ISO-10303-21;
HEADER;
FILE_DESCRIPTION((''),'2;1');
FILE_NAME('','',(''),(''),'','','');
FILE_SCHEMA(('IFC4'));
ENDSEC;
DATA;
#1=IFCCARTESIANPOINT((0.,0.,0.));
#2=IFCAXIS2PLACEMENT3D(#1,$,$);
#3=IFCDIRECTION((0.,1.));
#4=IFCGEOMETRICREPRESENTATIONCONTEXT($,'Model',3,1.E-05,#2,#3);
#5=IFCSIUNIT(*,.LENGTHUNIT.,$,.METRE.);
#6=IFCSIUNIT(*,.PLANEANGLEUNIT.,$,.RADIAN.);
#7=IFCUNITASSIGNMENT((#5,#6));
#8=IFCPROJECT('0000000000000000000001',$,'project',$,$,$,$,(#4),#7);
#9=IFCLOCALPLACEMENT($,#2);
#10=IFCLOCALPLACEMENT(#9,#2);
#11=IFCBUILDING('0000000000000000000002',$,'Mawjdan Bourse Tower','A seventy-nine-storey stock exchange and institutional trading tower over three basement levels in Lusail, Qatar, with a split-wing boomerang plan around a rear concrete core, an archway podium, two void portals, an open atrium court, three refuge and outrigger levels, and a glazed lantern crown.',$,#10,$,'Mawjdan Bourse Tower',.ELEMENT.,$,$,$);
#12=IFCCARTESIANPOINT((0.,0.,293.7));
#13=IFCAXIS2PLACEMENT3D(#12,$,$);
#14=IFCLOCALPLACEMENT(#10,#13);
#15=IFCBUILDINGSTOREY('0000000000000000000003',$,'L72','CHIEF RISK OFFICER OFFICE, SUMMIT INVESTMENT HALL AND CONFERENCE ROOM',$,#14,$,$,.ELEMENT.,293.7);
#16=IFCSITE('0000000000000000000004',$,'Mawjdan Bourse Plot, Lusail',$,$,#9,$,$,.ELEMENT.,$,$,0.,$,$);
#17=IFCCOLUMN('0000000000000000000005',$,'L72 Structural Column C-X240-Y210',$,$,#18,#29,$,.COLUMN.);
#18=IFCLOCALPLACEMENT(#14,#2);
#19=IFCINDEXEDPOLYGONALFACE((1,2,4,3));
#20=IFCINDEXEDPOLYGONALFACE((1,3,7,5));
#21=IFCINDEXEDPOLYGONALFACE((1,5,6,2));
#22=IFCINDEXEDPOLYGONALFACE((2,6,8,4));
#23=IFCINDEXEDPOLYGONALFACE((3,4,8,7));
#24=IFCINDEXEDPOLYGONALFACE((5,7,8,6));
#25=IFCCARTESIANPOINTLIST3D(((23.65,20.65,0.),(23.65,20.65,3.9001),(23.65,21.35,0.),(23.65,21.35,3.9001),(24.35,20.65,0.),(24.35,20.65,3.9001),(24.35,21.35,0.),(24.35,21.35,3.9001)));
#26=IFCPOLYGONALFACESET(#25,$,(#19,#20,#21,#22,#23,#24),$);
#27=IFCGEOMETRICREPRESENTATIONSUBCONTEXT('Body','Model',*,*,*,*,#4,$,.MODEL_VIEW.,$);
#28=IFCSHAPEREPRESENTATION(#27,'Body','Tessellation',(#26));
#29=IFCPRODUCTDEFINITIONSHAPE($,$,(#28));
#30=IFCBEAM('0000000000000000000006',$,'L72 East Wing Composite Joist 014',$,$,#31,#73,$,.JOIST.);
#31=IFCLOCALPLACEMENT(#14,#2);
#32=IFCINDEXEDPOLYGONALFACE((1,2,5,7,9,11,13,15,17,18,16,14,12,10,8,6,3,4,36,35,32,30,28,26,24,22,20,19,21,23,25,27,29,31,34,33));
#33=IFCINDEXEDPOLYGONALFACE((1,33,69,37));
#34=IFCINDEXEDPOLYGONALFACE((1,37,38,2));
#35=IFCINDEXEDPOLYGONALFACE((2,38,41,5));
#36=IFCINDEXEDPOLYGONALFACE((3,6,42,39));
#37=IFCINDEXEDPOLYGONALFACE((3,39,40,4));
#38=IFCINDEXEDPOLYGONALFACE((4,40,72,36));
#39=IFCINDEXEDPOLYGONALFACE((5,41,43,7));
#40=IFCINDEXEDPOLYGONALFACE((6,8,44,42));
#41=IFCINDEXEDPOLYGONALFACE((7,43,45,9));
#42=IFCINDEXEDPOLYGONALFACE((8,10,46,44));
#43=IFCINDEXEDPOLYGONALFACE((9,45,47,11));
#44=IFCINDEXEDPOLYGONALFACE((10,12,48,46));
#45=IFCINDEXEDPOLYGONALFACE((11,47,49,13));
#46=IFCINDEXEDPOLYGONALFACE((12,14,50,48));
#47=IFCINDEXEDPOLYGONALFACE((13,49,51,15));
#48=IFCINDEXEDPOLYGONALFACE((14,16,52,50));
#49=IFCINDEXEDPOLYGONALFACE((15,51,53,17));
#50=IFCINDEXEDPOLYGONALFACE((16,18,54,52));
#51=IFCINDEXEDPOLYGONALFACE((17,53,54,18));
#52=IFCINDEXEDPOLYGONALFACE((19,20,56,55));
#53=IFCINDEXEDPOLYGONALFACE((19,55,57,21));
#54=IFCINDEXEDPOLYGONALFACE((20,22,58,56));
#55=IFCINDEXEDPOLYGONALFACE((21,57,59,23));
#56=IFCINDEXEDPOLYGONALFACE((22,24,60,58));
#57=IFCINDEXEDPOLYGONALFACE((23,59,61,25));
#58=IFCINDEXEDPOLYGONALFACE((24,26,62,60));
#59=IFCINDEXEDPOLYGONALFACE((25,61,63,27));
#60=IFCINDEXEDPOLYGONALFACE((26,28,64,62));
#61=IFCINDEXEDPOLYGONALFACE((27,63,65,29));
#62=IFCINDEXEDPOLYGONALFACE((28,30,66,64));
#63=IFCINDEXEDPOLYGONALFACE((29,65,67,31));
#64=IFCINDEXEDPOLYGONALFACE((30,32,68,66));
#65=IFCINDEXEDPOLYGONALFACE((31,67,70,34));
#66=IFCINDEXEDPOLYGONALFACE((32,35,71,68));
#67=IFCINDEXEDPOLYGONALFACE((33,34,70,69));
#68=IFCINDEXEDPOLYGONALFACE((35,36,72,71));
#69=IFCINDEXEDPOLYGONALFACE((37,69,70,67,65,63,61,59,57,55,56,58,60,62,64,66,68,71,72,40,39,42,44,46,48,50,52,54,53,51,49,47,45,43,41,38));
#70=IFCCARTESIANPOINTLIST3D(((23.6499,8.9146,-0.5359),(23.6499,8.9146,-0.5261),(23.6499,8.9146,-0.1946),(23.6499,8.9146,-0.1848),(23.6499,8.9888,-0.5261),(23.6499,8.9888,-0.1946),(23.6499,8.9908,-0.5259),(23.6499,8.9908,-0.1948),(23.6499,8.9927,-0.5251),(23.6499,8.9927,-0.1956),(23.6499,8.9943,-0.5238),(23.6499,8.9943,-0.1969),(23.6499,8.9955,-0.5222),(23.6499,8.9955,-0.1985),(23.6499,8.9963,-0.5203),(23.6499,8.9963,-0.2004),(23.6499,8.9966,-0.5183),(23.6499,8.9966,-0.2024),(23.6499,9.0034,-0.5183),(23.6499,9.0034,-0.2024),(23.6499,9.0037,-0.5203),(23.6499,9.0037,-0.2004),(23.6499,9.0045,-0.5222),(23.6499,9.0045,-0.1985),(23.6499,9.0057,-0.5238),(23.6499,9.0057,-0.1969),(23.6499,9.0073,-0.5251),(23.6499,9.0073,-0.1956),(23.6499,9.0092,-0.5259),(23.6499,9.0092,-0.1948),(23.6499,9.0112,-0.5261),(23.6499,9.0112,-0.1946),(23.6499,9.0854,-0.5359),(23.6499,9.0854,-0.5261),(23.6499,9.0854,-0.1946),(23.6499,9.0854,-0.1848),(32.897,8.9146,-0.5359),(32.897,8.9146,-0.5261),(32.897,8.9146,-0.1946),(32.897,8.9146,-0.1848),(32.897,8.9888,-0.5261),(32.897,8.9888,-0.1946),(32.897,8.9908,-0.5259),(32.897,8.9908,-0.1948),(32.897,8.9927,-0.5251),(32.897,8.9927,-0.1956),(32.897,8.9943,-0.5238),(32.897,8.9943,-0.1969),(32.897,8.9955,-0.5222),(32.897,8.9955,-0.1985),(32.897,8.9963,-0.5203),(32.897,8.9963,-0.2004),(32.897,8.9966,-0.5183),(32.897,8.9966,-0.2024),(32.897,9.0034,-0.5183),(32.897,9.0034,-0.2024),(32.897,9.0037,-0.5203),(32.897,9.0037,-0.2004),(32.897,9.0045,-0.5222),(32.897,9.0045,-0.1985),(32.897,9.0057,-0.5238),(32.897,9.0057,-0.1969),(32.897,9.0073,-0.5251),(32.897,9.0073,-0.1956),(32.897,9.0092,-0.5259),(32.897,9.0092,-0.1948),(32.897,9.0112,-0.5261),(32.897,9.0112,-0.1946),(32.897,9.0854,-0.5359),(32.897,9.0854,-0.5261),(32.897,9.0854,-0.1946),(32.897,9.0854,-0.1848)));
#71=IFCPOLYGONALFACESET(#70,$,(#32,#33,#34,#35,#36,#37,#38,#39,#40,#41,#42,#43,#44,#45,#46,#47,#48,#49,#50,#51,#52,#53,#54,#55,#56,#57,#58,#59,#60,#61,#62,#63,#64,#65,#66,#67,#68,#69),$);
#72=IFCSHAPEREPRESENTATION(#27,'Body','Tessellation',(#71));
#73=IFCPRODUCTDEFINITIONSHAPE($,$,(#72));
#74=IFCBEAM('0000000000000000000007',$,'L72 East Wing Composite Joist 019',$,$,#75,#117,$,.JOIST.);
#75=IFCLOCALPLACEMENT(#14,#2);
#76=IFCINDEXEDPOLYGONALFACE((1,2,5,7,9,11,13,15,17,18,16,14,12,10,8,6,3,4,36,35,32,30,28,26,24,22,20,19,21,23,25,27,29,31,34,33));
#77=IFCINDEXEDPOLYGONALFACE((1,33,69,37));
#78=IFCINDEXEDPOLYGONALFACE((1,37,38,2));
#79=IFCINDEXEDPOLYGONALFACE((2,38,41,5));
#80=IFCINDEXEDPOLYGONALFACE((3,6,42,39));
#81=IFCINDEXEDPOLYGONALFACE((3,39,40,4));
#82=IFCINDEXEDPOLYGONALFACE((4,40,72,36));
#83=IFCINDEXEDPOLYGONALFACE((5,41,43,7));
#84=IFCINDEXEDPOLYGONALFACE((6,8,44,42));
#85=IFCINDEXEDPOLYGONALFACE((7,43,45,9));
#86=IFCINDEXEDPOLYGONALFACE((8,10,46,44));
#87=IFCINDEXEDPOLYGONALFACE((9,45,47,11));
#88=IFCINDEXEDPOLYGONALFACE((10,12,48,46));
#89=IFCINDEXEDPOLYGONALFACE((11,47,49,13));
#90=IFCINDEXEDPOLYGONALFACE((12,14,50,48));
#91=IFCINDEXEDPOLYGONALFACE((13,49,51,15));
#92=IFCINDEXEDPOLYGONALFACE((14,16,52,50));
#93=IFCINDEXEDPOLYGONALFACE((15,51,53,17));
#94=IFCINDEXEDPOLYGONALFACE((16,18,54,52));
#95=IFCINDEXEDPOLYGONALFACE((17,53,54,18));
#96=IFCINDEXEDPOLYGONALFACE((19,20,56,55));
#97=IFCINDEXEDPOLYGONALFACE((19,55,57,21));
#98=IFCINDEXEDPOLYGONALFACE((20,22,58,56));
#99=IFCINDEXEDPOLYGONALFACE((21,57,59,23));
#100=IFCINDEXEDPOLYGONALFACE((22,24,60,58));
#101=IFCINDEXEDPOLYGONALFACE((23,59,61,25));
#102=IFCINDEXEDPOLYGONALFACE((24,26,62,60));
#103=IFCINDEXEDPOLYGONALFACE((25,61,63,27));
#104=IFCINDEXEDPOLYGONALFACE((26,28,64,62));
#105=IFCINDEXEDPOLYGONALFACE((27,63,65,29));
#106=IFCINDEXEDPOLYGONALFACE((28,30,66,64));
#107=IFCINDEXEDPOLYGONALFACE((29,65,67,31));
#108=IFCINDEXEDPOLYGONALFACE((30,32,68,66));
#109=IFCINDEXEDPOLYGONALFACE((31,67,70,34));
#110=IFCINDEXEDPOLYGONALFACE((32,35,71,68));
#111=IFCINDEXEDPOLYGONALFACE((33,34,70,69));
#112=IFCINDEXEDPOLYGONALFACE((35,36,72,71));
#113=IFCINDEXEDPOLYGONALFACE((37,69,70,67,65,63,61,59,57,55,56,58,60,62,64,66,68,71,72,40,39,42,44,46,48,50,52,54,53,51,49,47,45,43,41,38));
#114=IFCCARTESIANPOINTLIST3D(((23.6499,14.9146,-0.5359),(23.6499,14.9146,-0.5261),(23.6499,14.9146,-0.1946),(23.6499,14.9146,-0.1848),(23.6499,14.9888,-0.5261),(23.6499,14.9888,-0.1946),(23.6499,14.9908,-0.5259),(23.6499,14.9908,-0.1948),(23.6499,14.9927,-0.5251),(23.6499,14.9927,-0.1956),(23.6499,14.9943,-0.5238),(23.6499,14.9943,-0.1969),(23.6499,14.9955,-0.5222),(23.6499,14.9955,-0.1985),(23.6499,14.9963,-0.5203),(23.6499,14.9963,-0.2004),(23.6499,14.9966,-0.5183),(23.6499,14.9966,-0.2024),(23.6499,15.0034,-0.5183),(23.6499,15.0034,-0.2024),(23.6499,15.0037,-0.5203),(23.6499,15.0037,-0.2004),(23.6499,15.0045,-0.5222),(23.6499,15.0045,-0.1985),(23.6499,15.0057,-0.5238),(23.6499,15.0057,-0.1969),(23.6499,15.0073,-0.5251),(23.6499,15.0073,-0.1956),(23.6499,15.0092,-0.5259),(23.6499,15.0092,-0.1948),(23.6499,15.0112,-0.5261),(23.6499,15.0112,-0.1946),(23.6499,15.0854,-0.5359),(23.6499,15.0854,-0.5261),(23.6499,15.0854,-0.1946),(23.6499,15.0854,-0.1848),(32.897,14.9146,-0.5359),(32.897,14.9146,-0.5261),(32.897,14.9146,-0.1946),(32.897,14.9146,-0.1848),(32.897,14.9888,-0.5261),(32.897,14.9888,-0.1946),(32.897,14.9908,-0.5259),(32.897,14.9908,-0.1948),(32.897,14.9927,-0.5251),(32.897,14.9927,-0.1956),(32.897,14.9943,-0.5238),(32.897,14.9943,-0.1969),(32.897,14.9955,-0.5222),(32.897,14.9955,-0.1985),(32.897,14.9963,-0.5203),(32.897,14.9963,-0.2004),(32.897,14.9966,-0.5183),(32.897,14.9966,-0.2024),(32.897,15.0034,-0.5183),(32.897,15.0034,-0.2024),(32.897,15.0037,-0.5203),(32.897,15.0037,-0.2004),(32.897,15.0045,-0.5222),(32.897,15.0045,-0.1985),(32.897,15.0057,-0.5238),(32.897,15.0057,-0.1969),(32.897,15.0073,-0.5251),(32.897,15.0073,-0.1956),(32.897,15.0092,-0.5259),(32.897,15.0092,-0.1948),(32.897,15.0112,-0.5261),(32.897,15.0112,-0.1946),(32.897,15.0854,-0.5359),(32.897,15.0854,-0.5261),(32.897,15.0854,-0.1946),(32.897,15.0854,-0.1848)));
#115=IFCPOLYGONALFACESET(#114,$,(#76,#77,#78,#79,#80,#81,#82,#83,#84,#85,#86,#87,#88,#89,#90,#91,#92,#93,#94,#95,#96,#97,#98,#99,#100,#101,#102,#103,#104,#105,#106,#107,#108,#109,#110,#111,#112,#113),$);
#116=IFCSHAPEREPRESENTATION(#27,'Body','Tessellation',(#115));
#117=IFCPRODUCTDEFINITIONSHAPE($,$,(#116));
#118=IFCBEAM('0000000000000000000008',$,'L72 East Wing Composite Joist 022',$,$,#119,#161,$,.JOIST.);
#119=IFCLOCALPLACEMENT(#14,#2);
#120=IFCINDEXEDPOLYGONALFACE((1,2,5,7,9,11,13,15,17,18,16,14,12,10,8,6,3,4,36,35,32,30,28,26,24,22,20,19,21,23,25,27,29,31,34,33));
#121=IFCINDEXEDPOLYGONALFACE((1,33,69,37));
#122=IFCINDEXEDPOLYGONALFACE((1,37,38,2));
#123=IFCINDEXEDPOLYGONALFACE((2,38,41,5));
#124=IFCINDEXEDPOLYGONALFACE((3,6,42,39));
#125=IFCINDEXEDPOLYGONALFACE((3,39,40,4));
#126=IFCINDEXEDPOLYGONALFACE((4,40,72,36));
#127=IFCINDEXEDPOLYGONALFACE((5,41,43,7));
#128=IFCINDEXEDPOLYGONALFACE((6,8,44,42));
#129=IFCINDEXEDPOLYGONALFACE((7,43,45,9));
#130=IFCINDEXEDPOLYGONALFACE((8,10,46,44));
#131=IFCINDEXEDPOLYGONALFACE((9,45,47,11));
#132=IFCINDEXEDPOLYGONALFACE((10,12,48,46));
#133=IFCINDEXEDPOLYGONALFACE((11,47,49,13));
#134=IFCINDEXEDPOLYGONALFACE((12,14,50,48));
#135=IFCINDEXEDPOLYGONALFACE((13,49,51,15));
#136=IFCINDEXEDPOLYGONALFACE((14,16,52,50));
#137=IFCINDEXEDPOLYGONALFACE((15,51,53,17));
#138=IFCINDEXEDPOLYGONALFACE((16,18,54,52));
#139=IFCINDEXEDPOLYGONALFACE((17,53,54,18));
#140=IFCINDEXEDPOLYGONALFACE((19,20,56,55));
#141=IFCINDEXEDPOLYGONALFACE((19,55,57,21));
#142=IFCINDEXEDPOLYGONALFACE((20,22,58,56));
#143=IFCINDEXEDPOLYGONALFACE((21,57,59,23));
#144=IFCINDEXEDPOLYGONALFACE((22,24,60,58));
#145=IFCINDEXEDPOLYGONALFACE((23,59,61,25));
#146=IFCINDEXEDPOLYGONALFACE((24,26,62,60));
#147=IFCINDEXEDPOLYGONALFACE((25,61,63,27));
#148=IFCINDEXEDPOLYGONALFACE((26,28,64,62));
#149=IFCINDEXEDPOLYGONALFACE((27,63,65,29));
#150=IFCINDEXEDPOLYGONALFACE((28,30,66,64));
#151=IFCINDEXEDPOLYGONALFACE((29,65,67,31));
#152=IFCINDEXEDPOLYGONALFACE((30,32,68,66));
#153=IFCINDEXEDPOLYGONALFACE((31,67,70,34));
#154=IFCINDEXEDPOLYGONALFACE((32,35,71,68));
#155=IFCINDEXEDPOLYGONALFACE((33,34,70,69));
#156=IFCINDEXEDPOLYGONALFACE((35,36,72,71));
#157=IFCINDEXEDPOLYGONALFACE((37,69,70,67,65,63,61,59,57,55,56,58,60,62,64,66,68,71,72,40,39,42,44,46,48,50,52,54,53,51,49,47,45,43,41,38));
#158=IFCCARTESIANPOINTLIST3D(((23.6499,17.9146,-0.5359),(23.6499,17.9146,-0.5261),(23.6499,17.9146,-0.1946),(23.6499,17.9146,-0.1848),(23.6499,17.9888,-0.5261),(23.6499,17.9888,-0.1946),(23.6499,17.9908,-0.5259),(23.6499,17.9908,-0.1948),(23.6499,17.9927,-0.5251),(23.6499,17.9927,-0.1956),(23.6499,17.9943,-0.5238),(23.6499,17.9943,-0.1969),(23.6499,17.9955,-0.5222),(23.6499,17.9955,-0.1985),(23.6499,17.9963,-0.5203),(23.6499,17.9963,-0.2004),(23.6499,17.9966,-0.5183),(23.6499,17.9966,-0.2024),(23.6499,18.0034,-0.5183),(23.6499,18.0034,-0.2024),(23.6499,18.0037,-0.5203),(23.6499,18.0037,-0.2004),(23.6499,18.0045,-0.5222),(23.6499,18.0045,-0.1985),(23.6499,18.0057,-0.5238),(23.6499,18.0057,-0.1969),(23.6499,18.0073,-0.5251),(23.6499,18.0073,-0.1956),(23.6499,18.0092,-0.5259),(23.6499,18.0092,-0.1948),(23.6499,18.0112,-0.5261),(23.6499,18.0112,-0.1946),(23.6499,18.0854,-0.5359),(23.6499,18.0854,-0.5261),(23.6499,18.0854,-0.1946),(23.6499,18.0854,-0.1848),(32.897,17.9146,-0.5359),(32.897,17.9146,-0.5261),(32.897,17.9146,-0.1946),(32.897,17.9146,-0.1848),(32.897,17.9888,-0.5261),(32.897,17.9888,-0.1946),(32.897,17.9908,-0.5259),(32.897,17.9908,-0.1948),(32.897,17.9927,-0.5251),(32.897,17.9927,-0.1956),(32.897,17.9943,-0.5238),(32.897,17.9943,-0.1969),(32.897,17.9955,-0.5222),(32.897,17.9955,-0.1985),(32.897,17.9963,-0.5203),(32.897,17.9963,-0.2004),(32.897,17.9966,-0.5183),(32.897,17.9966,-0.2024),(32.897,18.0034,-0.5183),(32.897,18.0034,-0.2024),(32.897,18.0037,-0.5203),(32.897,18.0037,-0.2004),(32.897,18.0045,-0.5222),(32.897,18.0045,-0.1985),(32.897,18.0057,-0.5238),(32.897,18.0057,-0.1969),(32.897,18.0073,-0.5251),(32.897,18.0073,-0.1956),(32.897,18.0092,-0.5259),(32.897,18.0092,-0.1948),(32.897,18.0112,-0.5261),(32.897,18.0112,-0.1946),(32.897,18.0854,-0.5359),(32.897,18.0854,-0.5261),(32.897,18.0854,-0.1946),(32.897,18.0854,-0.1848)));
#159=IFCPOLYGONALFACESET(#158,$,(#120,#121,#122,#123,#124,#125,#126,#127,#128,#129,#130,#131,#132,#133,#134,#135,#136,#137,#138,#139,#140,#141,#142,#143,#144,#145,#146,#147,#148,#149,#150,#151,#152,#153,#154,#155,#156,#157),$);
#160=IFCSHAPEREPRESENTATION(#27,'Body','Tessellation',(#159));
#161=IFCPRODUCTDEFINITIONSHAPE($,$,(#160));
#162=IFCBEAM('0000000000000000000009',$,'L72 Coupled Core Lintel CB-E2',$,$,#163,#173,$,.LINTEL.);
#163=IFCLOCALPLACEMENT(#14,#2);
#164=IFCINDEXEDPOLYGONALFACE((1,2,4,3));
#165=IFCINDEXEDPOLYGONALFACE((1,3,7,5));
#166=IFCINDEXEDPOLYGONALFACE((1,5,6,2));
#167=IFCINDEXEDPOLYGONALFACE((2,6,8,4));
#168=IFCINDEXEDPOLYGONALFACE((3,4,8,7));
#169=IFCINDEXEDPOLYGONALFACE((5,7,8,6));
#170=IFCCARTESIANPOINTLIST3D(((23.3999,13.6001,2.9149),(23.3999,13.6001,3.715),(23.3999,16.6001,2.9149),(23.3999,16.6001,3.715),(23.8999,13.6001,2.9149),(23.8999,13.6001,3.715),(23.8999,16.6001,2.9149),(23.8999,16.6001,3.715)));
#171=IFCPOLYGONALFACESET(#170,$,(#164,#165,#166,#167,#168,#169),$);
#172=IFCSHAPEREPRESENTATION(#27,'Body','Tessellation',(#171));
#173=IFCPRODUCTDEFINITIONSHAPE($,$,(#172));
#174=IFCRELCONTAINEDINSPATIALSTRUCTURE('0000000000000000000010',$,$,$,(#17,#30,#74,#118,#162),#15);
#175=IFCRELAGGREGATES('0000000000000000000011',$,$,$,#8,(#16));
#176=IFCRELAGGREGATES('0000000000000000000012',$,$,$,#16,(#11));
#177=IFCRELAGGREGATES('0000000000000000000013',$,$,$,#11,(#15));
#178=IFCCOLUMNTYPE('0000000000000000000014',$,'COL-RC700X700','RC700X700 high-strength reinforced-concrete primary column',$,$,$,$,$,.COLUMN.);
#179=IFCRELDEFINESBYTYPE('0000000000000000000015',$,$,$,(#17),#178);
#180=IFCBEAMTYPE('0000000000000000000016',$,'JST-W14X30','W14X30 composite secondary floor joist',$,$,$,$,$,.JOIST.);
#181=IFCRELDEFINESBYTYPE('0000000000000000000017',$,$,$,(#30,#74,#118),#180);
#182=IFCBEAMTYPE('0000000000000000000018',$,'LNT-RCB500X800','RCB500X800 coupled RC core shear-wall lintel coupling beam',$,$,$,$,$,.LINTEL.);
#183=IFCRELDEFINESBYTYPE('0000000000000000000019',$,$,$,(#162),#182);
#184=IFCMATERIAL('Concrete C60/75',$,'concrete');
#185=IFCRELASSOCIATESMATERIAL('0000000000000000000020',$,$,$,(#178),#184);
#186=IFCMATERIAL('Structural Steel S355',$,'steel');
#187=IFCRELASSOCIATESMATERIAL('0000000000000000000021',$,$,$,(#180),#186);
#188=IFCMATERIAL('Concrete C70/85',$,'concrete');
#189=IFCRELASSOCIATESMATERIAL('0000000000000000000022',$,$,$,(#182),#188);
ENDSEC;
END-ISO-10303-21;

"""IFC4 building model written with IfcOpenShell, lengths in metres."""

from ifc_helpers import new_model, si_unit, direction, frame, origin, origin_2d, place, context, subcontext, project, spatial, rectangle, i_section, extrude, material, material_profile, profile_set, type_object, element, save


model = new_model("IFC4")

# Units and contexts
model_context = context("Model", 3, precision=1e-05, world=origin(), true_north=direction((0.0, 1.0)))
body_context = subcontext(model_context, "Body", "Model", "MODEL_VIEW")
ifc_project = project(units=[si_unit("LENGTHUNIT", "METRE"), si_unit("PLANEANGLEUNIT", "RADIAN")], contexts=[model_context])

# Site, building, storey
site_placement = place(None, origin())
site = spatial("IfcSite", under=ifc_project, at=site_placement, Name="Mawjdan Bourse Plot, Lusail", CompositionType="ELEMENT", RefElevation=0.0)
building_placement = place(site_placement, origin())
building = spatial("IfcBuilding", under=site, at=building_placement, Name="Mawjdan Bourse Tower", Description="A seventy-nine-storey stock exchange and institutional trading tower over three basement levels in Lusail, Qatar, with a split-wing boomerang plan around a rear concrete core, an archway podium, two void portals, an open atrium court, three refuge and outrigger levels, and a glazed lantern crown.", LongName="Mawjdan Bourse Tower", CompositionType="ELEMENT")
storey_placement = place(building_placement, frame((0.0, 0.0, 293.7)))
storey = spatial("IfcBuildingStorey", under=building, at=storey_placement, Name="L72", Description="CHIEF RISK OFFICER OFFICE, SUMMIT INVESTMENT HALL AND CONFERENCE ROOM", CompositionType="ELEMENT", Elevation=293.7)

# Column
ifc_material_1 = material(Name="Concrete C60/75", Category="concrete")
ifc_material_profile_1 = material_profile(ifc_material_1, rectangle(XDim=0.7, YDim=0.7, at=origin_2d()), Name="RC700X700")
ifc_profile_set_1 = profile_set([ifc_material_profile_1], Name="Concrete C60/75")
column_type = type_object("IfcColumnType", Name="COL-RC700X700", Description="RC700X700 high-strength reinforced-concrete primary column", PredefinedType="COLUMN", material=ifc_profile_set_1)
column_placement = place(storey_placement, frame((24.0, 21.0, 0.0), z_axis=(0.0, 0.0, 1.0), x_axis=(1.0, 0.0, 0.0)))
element("IfcColumn", 1, at=column_placement, inside=storey, type_object=column_type, Name="L72 Structural Column C-X240-Y210", PredefinedType="COLUMN", context=body_context, shape_type="SweptSolid", body=[
    extrude(rectangle(XDim=0.7, YDim=0.7, at=origin_2d()), origin(), (0.0, 0.0, 1.0), 3.9001),
])

# Beams
ifc_material_2 = material(Name="Structural Steel S355", Category="steel")
ifc_material_profile_2 = material_profile(ifc_material_2, i_section(OverallWidth=0.1709, OverallDepth=0.3511, WebThickness=0.0068, FlangeThickness=0.0098, FilletRadius=0.0078, at=origin_2d()), Name="W14X30")
ifc_profile_set_2 = profile_set([ifc_material_profile_2], Name="Structural Steel S355")
beam_type_1 = type_object("IfcBeamType", Name="JST-W14X30", Description="W14X30 composite secondary floor joist", PredefinedType="JOIST", material=ifc_profile_set_2)
for number, where, z_axis, x_axis, name in (
    (2, (23.6499, 9.0, -0.3604), (1.0, 0.0, 0.0), (0.0, 1.0, 0.0), "L72 East Wing Composite Joist 014"),
    (3, (23.6499, 15.0, -0.3604), (1.0, 0.0, 0.0), (0.0, 1.0, 0.0), "L72 East Wing Composite Joist 019"),
    (4, (23.6499, 18.0, -0.3604), (1.0, 0.0, 0.0), (0.0, 1.0, 0.0), "L72 East Wing Composite Joist 022"),
):
    element("IfcBeam", number, at=place(storey_placement, frame(where, z_axis=z_axis, x_axis=x_axis)), inside=storey, type_object=beam_type_1, Name=name, PredefinedType="JOIST", context=body_context, shape_type="SweptSolid", body=[
        extrude(i_section(OverallWidth=0.1709, OverallDepth=0.3511, WebThickness=0.0068, FlangeThickness=0.0098, FilletRadius=0.0078, at=origin_2d()), origin(), (0.0, 0.0, 1.0), 9.2471),
    ])
ifc_material_3 = material(Name="Concrete C70/85", Category="concrete")
ifc_material_profile_3 = material_profile(ifc_material_3, rectangle(XDim=0.5, YDim=0.8, at=origin_2d()), Name="RCB500X800")
ifc_profile_set_3 = profile_set([ifc_material_profile_3], Name="Concrete C70/85")
beam_type_2 = type_object("IfcBeamType", Name="LNT-RCB500X800", Description="RCB500X800 coupled RC core shear-wall lintel coupling beam", PredefinedType="LINTEL", material=ifc_profile_set_3)
beam_1_placement = place(storey_placement, frame((23.6499, 13.6001, 3.3149), z_axis=(0.0, 1.0, 0.0), x_axis=(-1.0, 0.0, 0.0)))
element("IfcBeam", 5, at=beam_1_placement, inside=storey, type_object=beam_type_2, Name="L72 Coupled Core Lintel CB-E2", PredefinedType="LINTEL", context=body_context, shape_type="SweptSolid", body=[
    extrude(rectangle(XDim=0.5, YDim=0.8, at=origin_2d()), origin(), (0.0, 0.0, 1.0), 3.0),
])

save(model, "model.ifc")
